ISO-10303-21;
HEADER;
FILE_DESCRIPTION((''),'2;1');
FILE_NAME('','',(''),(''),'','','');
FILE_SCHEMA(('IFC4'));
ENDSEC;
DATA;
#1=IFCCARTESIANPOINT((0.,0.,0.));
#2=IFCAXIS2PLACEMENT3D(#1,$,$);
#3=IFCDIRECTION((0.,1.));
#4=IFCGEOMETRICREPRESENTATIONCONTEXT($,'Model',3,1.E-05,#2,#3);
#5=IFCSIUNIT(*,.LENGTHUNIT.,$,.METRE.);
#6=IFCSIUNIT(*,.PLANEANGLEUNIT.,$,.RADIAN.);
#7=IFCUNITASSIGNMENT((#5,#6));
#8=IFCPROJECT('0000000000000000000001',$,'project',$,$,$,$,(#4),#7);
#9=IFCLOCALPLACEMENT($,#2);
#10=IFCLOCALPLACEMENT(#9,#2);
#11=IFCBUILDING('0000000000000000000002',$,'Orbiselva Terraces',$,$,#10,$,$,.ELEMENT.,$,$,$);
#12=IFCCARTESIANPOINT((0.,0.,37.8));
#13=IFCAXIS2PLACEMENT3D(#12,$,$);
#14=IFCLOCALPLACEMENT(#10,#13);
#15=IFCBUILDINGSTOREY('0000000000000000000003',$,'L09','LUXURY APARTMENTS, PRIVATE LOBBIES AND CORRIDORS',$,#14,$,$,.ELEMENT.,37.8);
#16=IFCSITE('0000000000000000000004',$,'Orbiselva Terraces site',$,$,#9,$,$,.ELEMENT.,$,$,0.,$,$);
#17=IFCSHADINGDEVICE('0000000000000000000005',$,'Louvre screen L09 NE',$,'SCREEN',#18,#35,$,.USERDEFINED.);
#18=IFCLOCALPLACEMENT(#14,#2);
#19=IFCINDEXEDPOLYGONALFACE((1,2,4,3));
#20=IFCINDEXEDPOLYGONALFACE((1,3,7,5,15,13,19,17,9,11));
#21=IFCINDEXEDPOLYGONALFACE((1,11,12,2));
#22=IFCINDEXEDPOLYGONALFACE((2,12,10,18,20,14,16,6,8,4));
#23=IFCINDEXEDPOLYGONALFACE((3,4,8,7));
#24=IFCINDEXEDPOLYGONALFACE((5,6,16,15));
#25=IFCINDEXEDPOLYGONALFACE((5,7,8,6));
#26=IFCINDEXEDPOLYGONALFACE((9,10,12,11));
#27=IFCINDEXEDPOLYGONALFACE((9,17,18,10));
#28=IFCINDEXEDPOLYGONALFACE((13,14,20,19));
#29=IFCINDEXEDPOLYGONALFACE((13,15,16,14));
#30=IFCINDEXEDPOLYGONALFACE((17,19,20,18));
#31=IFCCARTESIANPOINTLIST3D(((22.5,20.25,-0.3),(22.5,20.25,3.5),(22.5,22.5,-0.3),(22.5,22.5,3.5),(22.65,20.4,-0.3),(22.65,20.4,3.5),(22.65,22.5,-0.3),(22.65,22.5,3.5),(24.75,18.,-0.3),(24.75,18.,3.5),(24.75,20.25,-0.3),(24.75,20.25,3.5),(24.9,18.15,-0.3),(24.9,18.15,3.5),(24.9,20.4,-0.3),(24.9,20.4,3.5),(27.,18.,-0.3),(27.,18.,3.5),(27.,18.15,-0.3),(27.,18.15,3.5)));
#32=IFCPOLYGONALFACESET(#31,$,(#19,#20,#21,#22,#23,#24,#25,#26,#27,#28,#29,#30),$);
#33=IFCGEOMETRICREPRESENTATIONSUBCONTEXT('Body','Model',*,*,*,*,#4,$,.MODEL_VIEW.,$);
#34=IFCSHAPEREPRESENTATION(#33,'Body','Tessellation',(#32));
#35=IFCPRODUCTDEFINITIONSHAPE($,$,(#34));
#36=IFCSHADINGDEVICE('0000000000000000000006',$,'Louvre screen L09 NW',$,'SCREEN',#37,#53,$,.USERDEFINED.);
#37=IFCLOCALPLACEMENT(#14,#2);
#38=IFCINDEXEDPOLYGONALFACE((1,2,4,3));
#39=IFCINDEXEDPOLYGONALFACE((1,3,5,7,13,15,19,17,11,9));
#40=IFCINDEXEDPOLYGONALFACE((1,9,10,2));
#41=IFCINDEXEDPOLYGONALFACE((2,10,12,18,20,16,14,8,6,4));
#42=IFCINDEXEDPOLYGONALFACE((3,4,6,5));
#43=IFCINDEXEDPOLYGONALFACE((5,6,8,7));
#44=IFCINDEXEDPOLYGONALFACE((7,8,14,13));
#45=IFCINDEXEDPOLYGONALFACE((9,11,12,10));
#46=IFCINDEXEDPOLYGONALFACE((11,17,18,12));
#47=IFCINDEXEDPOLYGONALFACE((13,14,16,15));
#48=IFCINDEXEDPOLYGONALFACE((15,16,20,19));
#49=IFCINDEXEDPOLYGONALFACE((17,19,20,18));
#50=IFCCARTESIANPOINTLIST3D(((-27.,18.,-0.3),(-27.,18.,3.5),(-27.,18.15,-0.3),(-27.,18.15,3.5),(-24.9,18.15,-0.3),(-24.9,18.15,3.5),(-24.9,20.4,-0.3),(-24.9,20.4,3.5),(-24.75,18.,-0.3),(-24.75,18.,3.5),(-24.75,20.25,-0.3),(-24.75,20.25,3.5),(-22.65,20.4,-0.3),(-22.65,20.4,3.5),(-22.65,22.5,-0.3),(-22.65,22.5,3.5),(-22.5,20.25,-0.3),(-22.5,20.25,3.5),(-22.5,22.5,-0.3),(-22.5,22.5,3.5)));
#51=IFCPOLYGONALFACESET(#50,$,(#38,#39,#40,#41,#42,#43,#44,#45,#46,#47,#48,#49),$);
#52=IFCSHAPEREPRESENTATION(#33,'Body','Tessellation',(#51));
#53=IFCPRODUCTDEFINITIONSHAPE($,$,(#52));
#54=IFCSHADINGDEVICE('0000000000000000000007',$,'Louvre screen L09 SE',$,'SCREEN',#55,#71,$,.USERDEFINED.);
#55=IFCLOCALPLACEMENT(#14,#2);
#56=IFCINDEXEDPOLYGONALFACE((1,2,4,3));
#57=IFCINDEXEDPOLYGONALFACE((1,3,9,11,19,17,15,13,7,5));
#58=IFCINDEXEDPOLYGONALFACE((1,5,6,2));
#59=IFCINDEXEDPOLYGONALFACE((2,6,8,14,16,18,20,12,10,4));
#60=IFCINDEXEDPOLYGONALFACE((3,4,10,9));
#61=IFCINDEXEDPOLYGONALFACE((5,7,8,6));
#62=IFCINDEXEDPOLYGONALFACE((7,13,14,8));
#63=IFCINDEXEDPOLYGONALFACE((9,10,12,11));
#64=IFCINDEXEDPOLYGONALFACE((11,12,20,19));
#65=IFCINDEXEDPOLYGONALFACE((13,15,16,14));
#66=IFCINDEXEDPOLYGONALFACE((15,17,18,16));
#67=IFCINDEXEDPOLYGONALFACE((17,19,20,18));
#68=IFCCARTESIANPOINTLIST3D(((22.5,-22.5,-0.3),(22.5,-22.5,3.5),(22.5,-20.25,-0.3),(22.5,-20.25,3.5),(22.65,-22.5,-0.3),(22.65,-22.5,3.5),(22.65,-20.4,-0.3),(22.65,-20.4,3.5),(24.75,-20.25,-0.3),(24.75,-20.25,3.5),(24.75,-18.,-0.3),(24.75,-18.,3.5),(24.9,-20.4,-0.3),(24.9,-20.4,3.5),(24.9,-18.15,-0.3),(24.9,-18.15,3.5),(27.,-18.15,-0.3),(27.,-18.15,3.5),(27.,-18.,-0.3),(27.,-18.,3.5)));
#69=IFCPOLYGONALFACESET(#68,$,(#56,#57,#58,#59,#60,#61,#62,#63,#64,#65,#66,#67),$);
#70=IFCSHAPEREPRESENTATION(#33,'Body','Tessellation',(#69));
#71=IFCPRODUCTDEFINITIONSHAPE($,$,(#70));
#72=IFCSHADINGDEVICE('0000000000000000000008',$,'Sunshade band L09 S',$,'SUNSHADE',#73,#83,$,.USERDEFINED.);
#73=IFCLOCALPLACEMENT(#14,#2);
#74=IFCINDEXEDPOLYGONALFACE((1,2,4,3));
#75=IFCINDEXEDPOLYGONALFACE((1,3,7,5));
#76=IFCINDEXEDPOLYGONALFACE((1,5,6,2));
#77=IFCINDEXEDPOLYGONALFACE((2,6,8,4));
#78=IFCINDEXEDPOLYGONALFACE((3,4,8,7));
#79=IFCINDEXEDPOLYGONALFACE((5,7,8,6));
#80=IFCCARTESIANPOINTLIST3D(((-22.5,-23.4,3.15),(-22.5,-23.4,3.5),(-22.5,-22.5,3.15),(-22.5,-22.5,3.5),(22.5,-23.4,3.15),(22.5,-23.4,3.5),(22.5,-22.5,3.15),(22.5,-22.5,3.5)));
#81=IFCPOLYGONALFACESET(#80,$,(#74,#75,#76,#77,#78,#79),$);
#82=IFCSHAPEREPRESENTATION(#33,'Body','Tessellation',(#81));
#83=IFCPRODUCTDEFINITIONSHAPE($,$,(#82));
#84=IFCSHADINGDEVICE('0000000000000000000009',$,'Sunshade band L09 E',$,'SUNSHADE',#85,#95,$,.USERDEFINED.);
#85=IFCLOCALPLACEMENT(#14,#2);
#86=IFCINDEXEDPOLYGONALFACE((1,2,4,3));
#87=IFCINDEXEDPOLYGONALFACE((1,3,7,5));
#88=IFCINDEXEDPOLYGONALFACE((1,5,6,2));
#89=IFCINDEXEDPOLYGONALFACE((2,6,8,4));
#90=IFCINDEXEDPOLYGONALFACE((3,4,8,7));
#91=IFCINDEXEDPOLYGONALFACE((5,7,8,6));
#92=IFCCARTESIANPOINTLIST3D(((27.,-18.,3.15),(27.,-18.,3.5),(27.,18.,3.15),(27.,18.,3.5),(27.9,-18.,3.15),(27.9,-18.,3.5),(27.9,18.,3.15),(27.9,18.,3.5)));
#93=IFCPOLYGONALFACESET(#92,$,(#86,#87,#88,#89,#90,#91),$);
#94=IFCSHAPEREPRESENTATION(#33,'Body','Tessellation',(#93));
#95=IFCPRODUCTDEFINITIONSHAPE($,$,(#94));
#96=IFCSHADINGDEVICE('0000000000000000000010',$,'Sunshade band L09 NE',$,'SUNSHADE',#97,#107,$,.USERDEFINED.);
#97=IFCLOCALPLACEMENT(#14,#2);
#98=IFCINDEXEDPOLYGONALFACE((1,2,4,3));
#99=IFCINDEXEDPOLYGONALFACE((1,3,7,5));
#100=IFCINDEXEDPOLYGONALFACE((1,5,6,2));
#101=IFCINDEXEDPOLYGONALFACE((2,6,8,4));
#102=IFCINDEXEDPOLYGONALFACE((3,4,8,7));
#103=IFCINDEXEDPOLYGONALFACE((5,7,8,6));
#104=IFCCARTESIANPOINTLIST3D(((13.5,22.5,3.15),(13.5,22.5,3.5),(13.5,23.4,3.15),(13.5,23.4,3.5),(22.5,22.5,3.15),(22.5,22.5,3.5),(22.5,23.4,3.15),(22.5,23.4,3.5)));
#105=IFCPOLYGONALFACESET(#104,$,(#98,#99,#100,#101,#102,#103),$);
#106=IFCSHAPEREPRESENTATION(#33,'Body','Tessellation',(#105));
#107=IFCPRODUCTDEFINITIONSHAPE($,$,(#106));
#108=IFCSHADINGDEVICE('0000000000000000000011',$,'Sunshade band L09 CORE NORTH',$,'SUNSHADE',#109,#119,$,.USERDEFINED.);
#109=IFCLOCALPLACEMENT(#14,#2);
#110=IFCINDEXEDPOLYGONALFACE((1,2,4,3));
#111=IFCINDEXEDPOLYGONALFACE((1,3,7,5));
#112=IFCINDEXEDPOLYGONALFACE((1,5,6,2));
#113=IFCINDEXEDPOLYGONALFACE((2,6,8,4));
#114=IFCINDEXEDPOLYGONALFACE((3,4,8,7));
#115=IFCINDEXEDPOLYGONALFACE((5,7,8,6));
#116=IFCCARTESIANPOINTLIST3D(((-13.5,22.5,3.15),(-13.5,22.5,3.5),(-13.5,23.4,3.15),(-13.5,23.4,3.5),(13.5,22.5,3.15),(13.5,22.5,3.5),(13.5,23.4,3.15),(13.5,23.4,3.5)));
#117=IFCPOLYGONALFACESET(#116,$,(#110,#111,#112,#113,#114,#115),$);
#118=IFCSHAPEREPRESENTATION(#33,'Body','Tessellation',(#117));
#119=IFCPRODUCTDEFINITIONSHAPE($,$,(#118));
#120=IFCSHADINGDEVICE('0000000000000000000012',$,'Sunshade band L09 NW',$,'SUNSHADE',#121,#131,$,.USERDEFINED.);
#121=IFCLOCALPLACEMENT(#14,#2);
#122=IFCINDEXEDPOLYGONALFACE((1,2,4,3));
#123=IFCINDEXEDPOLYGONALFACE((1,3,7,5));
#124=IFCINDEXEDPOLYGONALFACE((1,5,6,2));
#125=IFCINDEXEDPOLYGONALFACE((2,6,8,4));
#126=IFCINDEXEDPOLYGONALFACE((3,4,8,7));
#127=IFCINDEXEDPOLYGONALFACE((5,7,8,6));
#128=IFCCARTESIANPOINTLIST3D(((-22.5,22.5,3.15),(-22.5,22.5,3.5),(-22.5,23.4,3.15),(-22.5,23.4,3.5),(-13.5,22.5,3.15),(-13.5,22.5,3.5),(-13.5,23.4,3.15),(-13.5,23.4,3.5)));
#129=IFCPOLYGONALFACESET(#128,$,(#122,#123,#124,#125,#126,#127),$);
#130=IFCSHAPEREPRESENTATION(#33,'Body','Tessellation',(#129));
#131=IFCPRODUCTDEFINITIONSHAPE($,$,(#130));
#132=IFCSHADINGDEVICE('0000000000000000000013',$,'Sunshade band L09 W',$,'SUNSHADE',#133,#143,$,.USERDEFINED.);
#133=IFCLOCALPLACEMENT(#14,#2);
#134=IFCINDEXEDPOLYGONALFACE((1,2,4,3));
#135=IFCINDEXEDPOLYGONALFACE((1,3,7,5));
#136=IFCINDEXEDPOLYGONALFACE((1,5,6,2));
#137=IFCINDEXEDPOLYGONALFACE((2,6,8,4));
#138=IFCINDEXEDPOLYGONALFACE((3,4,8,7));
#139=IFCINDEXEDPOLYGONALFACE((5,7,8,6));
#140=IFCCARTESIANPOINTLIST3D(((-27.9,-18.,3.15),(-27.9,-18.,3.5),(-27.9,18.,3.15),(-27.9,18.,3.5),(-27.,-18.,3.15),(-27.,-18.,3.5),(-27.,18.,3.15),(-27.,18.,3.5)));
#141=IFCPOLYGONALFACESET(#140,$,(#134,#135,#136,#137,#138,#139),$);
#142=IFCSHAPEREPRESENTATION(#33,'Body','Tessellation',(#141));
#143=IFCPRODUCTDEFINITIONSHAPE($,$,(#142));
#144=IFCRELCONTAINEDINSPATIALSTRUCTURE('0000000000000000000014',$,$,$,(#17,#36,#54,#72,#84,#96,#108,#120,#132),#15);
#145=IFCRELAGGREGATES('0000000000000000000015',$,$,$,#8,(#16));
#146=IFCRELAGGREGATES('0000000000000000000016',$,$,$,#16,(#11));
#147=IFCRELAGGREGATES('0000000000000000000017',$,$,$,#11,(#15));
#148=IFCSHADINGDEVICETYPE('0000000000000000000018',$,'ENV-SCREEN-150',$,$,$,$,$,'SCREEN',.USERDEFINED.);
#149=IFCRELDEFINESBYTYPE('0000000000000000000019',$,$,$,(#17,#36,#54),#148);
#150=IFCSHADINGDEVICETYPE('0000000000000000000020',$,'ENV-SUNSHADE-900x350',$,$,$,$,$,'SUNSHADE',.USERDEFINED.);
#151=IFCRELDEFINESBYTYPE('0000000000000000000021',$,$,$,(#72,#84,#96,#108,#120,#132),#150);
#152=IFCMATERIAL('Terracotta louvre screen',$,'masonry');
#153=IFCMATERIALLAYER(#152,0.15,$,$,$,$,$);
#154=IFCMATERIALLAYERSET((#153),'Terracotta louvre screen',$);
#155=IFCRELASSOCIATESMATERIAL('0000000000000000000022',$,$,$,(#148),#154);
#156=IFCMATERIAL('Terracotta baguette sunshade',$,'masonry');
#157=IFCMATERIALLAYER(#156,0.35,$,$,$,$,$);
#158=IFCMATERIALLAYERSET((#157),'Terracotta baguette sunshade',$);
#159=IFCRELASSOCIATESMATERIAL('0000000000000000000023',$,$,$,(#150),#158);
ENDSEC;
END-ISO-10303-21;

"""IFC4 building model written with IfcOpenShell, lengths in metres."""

from ifc_helpers import new_model, si_unit, direction, frame, origin, place, context, subcontext, project, spatial, polyline, outline, extrude, material, layer, layer_set, type_object, element, save


model = new_model("IFC4")

# Units and contexts
model_context = context("Model", 3, precision=1e-05, world=origin(), true_north=direction((0.0, 1.0)))
body_context = subcontext(model_context, "Body", "Model", "MODEL_VIEW")
ifc_project = project(units=[si_unit("LENGTHUNIT", "METRE"), si_unit("PLANEANGLEUNIT", "RADIAN")], contexts=[model_context])

# Site, building, storey
site_placement = place(None, origin())
site = spatial("IfcSite", under=ifc_project, at=site_placement, Name="Orbiselva Terraces site", CompositionType="ELEMENT", RefElevation=0.0)
building_placement = place(site_placement, origin())
building = spatial("IfcBuilding", under=site, at=building_placement, Name="Orbiselva Terraces", CompositionType="ELEMENT")
storey_placement = place(building_placement, frame((0.0, 0.0, 37.8)))
storey = spatial("IfcBuildingStorey", under=building, at=storey_placement, Name="L09", Description="LUXURY APARTMENTS, PRIVATE LOBBIES AND CORRIDORS", CompositionType="ELEMENT", Elevation=37.8)

# Shading devices
ifc_material_1 = material(Name="Terracotta louvre screen", Category="masonry")
ifc_layer_1 = layer(ifc_material_1, 0.15)
ifc_layer_set_1 = layer_set([ifc_layer_1], Name="Terracotta louvre screen")
shading_device_type_1 = type_object("IfcShadingDeviceType", Name="ENV-SCREEN-150", ElementType="SCREEN", PredefinedType="USERDEFINED", material=ifc_layer_set_1)
shading_device_1_placement = place(storey_placement, frame((0.0, 0.0, -0.3)))
element("IfcShadingDevice", 1, at=shading_device_1_placement, inside=storey, type_object=shading_device_type_1, Name="Louvre screen L09 NE", ObjectType="SCREEN", PredefinedType="USERDEFINED", context=body_context, shape_type="SweptSolid", body=[
    extrude(outline(polyline([(27.0, 18.15), (24.9, 18.15), (24.9, 20.4), (22.65, 20.4), (22.65, 22.5), (22.5, 22.5), (22.5, 20.25), (24.75, 20.25), (24.75, 18.0), (27.0, 18.0), (27.0, 18.15)])), origin(), (0.0, 0.0, 1.0), 3.8),
])
shading_device_2_placement = place(storey_placement, frame((0.0, 0.0, -0.3)))
element("IfcShadingDevice", 2, at=shading_device_2_placement, inside=storey, type_object=shading_device_type_1, Name="Louvre screen L09 NW", ObjectType="SCREEN", PredefinedType="USERDEFINED", context=body_context, shape_type="SweptSolid", body=[
    extrude(outline(polyline([(-22.65, 22.5), (-22.65, 20.4), (-24.9, 20.4), (-24.9, 18.15), (-27.0, 18.15), (-27.0, 18.0), (-24.75, 18.0), (-24.75, 20.25), (-22.5, 20.25), (-22.5, 22.5), (-22.65, 22.5)])), origin(), (0.0, 0.0, 1.0), 3.8),
])
shading_device_3_placement = place(storey_placement, frame((0.0, 0.0, -0.3)))
element("IfcShadingDevice", 3, at=shading_device_3_placement, inside=storey, type_object=shading_device_type_1, Name="Louvre screen L09 SE", ObjectType="SCREEN", PredefinedType="USERDEFINED", context=body_context, shape_type="SweptSolid", body=[
    extrude(outline(polyline([(22.65, -22.5), (22.65, -20.4), (24.9, -20.4), (24.9, -18.15), (27.0, -18.15), (27.0, -18.0), (24.75, -18.0), (24.75, -20.25), (22.5, -20.25), (22.5, -22.5), (22.65, -22.5)])), origin(), (0.0, 0.0, 1.0), 3.8),
])
ifc_material_2 = material(Name="Terracotta baguette sunshade", Category="masonry")
ifc_layer_2 = layer(ifc_material_2, 0.35)
ifc_layer_set_2 = layer_set([ifc_layer_2], Name="Terracotta baguette sunshade")
shading_device_type_2 = type_object("IfcShadingDeviceType", Name="ENV-SUNSHADE-900x350", ElementType="SUNSHADE", PredefinedType="USERDEFINED", material=ifc_layer_set_2)
shading_device_4_placement = place(storey_placement, frame((0.0, 0.0, 3.15)))
element("IfcShadingDevice", 4, at=shading_device_4_placement, inside=storey, type_object=shading_device_type_2, Name="Sunshade band L09 S", ObjectType="SUNSHADE", PredefinedType="USERDEFINED", context=body_context, shape_type="SweptSolid", body=[
    extrude(outline(polyline([(-22.5, -23.4), (22.5, -23.4), (22.5, -22.5), (-22.5, -22.5), (-22.5, -23.4)])), origin(), (0.0, 0.0, 1.0), 0.35),
])
shading_device_5_placement = place(storey_placement, frame((0.0, 0.0, 3.15)))
element("IfcShadingDevice", 5, at=shading_device_5_placement, inside=storey, type_object=shading_device_type_2, Name="Sunshade band L09 E", ObjectType="SUNSHADE", PredefinedType="USERDEFINED", context=body_context, shape_type="SweptSolid", body=[
    extrude(outline(polyline([(27.9, -18.0), (27.9, 18.0), (27.0, 18.0), (27.0, -18.0), (27.9, -18.0)])), origin(), (0.0, 0.0, 1.0), 0.35),
])
shading_device_6_placement = place(storey_placement, frame((0.0, 0.0, 3.15)))
element("IfcShadingDevice", 6, at=shading_device_6_placement, inside=storey, type_object=shading_device_type_2, Name="Sunshade band L09 NE", ObjectType="SUNSHADE", PredefinedType="USERDEFINED", context=body_context, shape_type="SweptSolid", body=[
    extrude(outline(polyline([(22.5, 23.4), (13.5, 23.4), (13.5, 22.5), (22.5, 22.5), (22.5, 23.4)])), origin(), (0.0, 0.0, 1.0), 0.35),
])
shading_device_7_placement = place(storey_placement, frame((0.0, 0.0, 3.15)))
element("IfcShadingDevice", 7, at=shading_device_7_placement, inside=storey, type_object=shading_device_type_2, Name="Sunshade band L09 CORE NORTH", ObjectType="SUNSHADE", PredefinedType="USERDEFINED", context=body_context, shape_type="SweptSolid", body=[
    extrude(outline(polyline([(13.5, 23.4), (-13.5, 23.4), (-13.5, 22.5), (13.5, 22.5), (13.5, 23.4)])), origin(), (0.0, 0.0, 1.0), 0.35),
])
shading_device_8_placement = place(storey_placement, frame((0.0, 0.0, 3.15)))
element("IfcShadingDevice", 8, at=shading_device_8_placement, inside=storey, type_object=shading_device_type_2, Name="Sunshade band L09 NW", ObjectType="SUNSHADE", PredefinedType="USERDEFINED", context=body_context, shape_type="SweptSolid", body=[
    extrude(outline(polyline([(-13.5, 23.4), (-22.5, 23.4), (-22.5, 22.5), (-13.5, 22.5), (-13.5, 23.4)])), origin(), (0.0, 0.0, 1.0), 0.35),
])
shading_device_9_placement = place(storey_placement, frame((0.0, 0.0, 3.15)))
element("IfcShadingDevice", 9, at=shading_device_9_placement, inside=storey, type_object=shading_device_type_2, Name="Sunshade band L09 W", ObjectType="SUNSHADE", PredefinedType="USERDEFINED", context=body_context, shape_type="SweptSolid", body=[
    extrude(outline(polyline([(-27.9, 18.0), (-27.9, -18.0), (-27.0, -18.0), (-27.0, 18.0), (-27.9, 18.0)])), origin(), (0.0, 0.0, 1.0), 0.35),
])

save(model, "model.ifc")
